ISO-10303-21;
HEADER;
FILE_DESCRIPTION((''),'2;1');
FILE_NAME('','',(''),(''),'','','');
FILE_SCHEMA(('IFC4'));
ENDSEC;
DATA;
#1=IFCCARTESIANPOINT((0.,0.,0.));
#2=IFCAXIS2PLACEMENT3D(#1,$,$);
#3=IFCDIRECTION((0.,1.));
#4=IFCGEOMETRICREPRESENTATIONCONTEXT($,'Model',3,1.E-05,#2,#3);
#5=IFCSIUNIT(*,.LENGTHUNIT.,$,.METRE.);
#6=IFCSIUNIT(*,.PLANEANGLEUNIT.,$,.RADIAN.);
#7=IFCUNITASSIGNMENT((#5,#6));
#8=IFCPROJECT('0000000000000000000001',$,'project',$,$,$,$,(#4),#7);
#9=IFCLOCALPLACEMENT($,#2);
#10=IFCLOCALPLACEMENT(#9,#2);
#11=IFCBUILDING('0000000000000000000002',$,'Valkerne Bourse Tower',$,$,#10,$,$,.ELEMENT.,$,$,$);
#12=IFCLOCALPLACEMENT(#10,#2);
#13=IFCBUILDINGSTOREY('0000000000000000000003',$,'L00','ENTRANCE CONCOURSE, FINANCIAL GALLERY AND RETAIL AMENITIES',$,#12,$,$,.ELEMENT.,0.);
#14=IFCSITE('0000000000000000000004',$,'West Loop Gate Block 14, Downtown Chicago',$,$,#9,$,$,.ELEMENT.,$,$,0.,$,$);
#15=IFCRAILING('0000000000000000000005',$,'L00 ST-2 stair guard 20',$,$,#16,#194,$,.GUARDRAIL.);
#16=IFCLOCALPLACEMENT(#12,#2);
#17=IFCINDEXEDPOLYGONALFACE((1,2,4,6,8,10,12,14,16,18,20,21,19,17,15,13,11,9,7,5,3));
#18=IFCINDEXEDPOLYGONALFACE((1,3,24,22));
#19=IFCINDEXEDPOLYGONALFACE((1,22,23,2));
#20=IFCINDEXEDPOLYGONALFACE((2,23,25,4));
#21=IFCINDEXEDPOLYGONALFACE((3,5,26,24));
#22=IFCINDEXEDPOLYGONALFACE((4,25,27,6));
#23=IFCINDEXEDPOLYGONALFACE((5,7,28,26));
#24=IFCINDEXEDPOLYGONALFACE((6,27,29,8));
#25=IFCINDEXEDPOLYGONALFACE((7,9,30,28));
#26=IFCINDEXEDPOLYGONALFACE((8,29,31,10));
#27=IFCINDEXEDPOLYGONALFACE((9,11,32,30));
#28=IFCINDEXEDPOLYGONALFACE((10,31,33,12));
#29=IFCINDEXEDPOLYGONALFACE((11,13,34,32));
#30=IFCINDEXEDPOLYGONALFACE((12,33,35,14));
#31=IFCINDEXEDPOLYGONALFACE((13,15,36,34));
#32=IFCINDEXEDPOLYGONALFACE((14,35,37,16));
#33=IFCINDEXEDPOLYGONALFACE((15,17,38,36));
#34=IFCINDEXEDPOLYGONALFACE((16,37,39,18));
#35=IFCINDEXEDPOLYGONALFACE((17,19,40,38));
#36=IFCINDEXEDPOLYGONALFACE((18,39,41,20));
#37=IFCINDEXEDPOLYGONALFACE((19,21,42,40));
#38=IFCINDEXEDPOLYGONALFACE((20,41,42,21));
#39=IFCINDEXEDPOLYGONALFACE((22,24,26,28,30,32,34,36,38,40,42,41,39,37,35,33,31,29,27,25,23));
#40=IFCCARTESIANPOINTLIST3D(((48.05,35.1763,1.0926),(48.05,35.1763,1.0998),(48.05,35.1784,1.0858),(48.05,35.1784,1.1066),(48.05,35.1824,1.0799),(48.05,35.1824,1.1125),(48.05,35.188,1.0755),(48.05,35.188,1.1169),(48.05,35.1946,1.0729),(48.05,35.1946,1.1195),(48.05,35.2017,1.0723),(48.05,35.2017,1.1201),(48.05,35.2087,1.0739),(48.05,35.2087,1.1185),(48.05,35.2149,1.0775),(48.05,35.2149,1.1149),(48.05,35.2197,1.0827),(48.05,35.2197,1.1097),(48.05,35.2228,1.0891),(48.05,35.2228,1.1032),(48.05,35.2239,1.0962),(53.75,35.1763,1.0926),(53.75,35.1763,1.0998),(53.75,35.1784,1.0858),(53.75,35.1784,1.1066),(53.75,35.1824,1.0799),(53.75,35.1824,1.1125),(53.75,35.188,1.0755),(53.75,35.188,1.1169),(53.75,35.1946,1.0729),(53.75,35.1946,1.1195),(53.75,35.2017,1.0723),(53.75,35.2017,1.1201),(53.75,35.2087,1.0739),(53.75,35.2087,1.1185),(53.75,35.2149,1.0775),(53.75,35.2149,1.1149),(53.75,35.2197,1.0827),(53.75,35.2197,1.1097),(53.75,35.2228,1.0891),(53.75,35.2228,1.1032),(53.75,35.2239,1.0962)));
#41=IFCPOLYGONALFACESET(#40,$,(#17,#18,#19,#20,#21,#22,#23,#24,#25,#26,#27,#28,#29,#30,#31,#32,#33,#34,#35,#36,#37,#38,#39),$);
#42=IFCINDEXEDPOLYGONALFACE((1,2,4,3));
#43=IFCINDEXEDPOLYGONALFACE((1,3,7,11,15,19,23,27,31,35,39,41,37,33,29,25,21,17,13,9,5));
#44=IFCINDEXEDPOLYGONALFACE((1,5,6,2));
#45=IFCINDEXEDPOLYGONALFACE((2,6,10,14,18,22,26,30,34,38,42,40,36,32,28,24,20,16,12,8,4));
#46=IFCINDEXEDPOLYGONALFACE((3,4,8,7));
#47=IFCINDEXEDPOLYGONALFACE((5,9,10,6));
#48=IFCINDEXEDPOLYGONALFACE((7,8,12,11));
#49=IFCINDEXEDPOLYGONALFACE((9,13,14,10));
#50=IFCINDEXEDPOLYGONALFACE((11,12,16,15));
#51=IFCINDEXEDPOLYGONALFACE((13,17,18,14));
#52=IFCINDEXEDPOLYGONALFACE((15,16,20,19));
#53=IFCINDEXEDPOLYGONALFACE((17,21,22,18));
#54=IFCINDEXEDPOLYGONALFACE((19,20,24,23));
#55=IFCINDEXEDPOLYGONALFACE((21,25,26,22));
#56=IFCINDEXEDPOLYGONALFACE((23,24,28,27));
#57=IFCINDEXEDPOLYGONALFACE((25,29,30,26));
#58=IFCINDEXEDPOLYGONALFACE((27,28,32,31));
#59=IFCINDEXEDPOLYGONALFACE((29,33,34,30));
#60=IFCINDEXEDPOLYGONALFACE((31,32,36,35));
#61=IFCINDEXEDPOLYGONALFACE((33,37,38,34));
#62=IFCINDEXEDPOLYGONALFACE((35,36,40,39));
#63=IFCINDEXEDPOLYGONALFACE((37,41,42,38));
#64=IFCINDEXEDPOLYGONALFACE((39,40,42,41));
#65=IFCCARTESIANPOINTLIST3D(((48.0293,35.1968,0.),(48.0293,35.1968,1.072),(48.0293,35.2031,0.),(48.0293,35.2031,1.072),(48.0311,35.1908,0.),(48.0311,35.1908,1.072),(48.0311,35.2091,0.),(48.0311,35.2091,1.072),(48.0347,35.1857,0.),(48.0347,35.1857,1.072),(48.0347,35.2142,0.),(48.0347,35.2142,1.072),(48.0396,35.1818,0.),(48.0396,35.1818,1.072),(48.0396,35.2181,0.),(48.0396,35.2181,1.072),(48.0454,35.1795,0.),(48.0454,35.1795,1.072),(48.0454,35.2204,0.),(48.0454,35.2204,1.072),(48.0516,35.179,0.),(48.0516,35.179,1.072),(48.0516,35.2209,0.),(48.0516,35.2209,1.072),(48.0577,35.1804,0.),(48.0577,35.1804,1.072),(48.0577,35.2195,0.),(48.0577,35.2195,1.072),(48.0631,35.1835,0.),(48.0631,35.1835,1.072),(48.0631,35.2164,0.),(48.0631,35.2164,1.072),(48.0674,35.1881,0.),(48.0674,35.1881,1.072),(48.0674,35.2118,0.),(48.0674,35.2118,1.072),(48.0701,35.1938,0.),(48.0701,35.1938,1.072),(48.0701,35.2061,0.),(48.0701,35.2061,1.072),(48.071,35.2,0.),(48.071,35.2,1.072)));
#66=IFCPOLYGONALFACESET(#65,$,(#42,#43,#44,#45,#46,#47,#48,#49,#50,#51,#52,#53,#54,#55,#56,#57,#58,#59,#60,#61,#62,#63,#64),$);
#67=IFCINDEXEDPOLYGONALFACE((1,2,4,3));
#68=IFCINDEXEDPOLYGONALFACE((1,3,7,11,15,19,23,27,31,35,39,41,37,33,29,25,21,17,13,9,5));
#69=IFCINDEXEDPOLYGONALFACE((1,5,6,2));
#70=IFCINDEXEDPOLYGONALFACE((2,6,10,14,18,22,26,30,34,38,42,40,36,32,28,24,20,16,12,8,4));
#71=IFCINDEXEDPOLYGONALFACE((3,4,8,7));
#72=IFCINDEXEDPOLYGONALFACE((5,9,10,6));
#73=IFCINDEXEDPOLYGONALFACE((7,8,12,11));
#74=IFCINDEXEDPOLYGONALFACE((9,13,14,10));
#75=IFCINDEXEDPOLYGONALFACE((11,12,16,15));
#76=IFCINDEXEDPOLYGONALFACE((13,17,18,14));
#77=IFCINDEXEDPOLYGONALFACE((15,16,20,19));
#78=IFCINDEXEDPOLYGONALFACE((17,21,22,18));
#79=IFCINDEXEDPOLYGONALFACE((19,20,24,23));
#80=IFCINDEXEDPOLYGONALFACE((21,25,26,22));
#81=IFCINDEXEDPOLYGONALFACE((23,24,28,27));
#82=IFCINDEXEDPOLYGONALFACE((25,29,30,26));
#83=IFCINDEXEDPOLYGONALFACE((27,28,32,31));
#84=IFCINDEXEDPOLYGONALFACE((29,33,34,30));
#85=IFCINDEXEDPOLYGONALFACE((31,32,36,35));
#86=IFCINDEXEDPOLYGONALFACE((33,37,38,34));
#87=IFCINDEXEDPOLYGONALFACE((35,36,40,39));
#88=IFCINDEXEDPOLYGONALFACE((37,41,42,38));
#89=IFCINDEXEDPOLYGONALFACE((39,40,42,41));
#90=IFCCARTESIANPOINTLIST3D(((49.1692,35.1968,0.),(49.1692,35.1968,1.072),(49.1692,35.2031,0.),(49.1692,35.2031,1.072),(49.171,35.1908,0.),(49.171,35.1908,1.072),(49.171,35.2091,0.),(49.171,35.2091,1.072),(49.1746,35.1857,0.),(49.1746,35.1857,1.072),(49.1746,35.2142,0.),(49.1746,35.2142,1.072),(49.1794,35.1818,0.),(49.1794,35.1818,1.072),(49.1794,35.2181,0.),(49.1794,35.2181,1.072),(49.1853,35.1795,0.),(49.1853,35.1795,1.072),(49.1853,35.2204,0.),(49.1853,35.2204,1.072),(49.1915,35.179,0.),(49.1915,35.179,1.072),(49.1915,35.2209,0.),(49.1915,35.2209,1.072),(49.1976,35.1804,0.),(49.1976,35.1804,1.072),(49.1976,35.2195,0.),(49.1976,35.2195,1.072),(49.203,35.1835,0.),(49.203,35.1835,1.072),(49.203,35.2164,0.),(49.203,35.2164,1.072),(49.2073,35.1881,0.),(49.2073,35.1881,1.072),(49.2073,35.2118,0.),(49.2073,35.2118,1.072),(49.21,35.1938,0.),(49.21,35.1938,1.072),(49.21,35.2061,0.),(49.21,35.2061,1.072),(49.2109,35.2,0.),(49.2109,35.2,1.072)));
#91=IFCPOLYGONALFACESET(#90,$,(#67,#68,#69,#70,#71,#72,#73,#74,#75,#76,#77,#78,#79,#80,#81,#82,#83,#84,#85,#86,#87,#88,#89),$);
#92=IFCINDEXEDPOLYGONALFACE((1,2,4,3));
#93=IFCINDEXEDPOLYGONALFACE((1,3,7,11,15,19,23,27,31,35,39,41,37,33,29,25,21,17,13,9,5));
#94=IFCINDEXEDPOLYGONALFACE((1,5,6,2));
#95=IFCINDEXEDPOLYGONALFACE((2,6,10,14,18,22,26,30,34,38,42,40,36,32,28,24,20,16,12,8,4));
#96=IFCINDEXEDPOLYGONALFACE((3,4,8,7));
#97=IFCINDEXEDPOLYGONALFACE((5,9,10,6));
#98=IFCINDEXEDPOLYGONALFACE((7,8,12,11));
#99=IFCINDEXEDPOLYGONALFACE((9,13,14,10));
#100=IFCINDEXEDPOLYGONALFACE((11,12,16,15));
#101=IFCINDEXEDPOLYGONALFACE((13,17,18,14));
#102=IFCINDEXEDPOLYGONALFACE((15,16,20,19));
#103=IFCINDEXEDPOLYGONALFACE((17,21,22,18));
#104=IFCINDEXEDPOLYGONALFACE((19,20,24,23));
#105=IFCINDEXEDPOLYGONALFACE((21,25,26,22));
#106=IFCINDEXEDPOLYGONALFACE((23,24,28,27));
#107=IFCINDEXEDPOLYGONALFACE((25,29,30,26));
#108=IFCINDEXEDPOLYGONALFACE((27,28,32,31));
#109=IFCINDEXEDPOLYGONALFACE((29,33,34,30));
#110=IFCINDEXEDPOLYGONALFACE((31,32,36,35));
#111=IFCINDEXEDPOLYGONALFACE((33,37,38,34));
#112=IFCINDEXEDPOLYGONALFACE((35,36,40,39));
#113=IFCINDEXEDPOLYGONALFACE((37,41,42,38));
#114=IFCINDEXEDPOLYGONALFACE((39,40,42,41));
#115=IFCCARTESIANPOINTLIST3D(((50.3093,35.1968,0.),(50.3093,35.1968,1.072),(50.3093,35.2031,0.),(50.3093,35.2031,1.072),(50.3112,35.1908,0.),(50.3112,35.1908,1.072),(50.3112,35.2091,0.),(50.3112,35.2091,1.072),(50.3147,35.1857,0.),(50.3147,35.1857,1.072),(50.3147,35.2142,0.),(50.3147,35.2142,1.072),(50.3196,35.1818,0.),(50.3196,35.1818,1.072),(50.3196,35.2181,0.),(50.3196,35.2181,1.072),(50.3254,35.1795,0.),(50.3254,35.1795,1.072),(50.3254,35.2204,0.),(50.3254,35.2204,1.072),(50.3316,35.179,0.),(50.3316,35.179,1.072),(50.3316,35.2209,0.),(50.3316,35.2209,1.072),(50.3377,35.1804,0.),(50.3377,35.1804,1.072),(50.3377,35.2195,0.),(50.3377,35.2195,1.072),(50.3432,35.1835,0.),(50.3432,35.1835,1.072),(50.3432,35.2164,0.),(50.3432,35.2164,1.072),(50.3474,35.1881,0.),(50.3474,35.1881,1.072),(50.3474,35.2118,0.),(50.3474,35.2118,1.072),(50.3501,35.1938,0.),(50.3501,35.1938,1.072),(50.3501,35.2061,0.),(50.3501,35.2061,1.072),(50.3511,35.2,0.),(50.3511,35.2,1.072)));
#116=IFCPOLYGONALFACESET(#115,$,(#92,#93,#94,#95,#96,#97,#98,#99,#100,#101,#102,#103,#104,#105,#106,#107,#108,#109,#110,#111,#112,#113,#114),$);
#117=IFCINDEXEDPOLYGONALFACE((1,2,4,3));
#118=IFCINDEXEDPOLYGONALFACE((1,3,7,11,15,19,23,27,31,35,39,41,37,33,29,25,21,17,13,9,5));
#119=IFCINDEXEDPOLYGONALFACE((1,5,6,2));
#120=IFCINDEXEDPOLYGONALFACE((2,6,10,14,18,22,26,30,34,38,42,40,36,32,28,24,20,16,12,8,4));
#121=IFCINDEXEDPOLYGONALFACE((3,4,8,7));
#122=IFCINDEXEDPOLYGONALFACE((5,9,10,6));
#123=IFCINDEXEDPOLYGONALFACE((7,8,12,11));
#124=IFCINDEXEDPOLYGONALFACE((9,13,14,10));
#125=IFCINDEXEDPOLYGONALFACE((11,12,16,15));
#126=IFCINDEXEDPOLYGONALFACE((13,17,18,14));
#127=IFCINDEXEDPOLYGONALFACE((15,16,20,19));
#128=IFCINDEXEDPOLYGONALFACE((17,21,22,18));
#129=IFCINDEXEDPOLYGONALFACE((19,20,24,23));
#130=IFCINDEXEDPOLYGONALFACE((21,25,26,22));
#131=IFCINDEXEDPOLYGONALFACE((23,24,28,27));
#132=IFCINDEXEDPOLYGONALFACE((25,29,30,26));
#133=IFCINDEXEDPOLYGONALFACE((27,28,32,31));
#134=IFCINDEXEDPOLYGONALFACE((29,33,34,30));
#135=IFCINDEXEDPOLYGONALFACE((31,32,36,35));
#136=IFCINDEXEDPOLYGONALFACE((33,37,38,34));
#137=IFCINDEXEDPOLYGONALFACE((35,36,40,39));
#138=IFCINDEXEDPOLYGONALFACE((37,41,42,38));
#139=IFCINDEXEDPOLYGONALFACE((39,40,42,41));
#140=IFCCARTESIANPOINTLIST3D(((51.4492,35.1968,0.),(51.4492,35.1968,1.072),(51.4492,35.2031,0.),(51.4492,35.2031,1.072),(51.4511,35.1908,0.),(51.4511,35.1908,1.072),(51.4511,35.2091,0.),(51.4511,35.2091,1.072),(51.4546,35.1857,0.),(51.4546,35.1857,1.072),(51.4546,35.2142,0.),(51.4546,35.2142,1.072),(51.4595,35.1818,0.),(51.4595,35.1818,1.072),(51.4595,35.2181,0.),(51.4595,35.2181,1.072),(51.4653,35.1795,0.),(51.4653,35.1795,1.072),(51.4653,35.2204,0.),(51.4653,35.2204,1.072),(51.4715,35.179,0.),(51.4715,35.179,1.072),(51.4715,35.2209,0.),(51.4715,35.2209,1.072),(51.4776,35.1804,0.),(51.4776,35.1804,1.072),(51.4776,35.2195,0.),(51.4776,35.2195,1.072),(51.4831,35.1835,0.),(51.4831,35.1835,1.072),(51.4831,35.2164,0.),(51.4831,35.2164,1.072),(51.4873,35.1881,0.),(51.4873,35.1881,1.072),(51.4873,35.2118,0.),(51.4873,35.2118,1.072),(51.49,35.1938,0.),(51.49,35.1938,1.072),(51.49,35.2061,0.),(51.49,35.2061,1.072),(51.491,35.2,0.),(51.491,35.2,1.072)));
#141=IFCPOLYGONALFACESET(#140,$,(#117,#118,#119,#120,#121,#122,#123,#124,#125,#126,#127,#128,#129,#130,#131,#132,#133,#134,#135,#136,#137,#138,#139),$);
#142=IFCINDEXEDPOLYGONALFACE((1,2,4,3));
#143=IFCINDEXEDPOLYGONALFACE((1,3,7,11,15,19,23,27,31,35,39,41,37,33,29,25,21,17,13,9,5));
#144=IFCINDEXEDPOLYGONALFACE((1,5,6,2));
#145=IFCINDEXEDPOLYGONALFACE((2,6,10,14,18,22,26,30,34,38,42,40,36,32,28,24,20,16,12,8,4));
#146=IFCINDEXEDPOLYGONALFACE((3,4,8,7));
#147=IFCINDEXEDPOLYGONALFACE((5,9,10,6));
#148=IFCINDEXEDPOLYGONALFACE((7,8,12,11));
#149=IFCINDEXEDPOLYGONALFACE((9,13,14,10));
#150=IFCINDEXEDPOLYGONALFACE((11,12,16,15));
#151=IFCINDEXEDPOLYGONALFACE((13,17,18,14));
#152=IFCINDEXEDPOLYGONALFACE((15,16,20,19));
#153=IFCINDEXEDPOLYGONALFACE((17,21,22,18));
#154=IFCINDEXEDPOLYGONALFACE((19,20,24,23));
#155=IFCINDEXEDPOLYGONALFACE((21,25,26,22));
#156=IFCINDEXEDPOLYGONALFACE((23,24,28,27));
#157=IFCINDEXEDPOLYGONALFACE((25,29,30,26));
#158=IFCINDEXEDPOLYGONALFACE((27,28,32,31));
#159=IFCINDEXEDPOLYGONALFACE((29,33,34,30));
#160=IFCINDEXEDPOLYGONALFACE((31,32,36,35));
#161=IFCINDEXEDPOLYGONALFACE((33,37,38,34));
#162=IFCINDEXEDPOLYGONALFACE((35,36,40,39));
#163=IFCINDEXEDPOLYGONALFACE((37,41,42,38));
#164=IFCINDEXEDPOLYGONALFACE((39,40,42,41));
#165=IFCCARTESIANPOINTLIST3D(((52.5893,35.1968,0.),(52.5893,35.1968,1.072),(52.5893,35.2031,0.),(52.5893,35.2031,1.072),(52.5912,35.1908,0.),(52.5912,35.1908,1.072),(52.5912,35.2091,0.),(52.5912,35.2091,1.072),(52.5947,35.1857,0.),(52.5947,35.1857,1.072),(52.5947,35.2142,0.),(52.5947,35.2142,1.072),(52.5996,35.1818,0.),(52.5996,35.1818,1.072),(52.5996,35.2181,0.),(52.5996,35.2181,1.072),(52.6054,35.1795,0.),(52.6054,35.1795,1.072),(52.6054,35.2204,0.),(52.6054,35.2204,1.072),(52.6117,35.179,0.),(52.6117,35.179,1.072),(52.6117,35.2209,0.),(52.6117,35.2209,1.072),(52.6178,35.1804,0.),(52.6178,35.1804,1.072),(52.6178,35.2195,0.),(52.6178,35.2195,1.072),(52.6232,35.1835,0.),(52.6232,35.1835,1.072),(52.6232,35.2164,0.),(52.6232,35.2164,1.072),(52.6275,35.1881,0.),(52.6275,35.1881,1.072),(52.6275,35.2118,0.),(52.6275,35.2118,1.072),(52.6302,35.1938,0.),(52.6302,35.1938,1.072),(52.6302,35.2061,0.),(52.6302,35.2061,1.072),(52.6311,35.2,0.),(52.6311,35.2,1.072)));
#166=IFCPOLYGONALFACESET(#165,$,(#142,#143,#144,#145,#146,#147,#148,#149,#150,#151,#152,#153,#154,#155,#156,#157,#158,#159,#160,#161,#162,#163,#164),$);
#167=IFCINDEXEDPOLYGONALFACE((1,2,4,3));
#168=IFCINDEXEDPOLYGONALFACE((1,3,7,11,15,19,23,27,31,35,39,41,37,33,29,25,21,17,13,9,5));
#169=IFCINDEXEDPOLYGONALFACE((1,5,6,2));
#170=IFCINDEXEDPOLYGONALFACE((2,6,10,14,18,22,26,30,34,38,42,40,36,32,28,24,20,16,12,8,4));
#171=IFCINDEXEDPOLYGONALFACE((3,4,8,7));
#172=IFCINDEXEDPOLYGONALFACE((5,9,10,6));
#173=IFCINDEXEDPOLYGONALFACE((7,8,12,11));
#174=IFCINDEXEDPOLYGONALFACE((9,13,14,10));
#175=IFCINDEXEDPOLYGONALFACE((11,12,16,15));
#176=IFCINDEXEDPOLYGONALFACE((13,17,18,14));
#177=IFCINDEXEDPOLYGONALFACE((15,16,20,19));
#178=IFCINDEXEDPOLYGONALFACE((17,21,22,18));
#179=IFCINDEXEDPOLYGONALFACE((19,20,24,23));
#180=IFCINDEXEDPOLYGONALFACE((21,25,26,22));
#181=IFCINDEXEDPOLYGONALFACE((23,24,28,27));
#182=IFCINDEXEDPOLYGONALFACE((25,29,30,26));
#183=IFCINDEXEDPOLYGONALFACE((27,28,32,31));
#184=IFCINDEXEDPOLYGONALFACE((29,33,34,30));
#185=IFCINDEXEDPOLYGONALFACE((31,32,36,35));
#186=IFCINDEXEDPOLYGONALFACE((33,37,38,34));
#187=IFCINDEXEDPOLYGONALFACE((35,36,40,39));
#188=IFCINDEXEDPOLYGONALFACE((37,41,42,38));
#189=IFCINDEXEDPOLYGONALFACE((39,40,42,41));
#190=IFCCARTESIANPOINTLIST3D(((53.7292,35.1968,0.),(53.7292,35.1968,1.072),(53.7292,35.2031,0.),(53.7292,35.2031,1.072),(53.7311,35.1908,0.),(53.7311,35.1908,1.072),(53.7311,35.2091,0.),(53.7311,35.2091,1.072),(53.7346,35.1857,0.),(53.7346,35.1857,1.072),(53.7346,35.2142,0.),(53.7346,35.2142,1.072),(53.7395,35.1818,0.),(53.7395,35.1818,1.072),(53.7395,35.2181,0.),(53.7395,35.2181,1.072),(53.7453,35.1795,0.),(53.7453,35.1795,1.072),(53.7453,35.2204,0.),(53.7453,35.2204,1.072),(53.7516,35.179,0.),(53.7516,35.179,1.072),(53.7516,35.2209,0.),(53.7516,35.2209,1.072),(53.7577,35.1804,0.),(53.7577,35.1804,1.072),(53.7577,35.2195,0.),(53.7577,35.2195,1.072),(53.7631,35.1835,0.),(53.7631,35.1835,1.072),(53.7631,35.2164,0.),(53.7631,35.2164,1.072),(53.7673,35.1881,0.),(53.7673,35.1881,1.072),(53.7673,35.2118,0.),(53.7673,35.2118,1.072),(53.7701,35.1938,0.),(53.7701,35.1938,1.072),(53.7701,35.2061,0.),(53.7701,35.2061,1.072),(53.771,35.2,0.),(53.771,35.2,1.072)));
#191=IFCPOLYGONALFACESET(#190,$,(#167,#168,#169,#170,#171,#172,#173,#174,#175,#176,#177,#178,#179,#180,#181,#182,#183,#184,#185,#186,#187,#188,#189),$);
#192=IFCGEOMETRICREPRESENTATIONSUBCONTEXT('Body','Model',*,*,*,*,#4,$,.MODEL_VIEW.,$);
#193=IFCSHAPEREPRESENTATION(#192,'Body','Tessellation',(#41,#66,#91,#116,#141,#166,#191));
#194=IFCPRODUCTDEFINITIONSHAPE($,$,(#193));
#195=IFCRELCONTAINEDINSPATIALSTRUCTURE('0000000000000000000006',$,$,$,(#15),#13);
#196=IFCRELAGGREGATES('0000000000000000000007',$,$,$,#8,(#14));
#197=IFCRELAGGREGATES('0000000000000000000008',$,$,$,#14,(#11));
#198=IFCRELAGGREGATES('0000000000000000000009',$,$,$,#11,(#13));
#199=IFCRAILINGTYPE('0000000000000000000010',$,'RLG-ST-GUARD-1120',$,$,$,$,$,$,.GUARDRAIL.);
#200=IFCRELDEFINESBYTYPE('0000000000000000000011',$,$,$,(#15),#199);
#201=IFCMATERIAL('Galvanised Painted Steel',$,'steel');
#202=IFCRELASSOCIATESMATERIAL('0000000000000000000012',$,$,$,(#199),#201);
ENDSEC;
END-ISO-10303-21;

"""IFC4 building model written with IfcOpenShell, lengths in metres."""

from ifc_helpers import new_model, si_unit, direction, frame, origin, origin_2d, place, context, subcontext, project, spatial, circle, extrude, material, type_object, element, save


model = new_model("IFC4")

# Units and contexts
model_context = context("Model", 3, precision=1e-05, world=origin(), true_north=direction((0.0, 1.0)))
body_context = subcontext(model_context, "Body", "Model", "MODEL_VIEW")
ifc_project = project(units=[si_unit("LENGTHUNIT", "METRE"), si_unit("PLANEANGLEUNIT", "RADIAN")], contexts=[model_context])

# Site, building, storey
site_placement = place(None, origin())
site = spatial("IfcSite", under=ifc_project, at=site_placement, Name="West Loop Gate Block 14, Downtown Chicago", CompositionType="ELEMENT", RefElevation=0.0)
building_placement = place(site_placement, origin())
building = spatial("IfcBuilding", under=site, at=building_placement, Name="Valkerne Bourse Tower", CompositionType="ELEMENT")
storey_placement = place(building_placement, origin())
storey = spatial("IfcBuildingStorey", under=building, at=storey_placement, Name="L00", Description="ENTRANCE CONCOURSE, FINANCIAL GALLERY AND RETAIL AMENITIES", CompositionType="ELEMENT", Elevation=0.0)

# Railing
ifc_material_1 = material(Name="Galvanised Painted Steel", Category="steel")
railing_type_1 = type_object("IfcRailingType", Name="RLG-ST-GUARD-1120", PredefinedType="GUARDRAIL", material=ifc_material_1)
railing_1_placement = place(storey_placement, frame((48.05, 35.2, 0.0)))
element("IfcRailing", 1, at=railing_1_placement, inside=storey, type_object=railing_type_1, Name="L00 ST-2 stair guard 20", PredefinedType="GUARDRAIL", context=body_context, shape_type="SweptSolid", body=[
    extrude(circle(Radius=0.0239, at=origin_2d()), frame((0.0, 0.0, 1.0962), z_axis=(1.0, 0.0, 0.0), x_axis=(0.0, 1.0, 0.0)), (0.0, 0.0, 1.0), 5.7),
    extrude(circle(Radius=0.021, at=origin_2d()), origin(), (0.0, 0.0, 1.0), 1.072),
    extrude(circle(Radius=0.021, at=origin_2d()), frame((1.1399, 0.0, 0.0)), (0.0, 0.0, 1.0), 1.072),
    extrude(circle(Radius=0.021, at=origin_2d()), frame((2.28, 0.0, 0.0)), (0.0, 0.0, 1.0), 1.072),
    extrude(circle(Radius=0.021, at=origin_2d()), frame((3.4199, 0.0, 0.0)), (0.0, 0.0, 1.0), 1.072),
    extrude(circle(Radius=0.021, at=origin_2d()), frame((4.5601, 0.0, 0.0)), (0.0, 0.0, 1.0), 1.072),
    extrude(circle(Radius=0.021, at=origin_2d()), frame((5.7, 0.0, 0.0)), (0.0, 0.0, 1.0), 1.072),
])

save(model, "model.ifc")
